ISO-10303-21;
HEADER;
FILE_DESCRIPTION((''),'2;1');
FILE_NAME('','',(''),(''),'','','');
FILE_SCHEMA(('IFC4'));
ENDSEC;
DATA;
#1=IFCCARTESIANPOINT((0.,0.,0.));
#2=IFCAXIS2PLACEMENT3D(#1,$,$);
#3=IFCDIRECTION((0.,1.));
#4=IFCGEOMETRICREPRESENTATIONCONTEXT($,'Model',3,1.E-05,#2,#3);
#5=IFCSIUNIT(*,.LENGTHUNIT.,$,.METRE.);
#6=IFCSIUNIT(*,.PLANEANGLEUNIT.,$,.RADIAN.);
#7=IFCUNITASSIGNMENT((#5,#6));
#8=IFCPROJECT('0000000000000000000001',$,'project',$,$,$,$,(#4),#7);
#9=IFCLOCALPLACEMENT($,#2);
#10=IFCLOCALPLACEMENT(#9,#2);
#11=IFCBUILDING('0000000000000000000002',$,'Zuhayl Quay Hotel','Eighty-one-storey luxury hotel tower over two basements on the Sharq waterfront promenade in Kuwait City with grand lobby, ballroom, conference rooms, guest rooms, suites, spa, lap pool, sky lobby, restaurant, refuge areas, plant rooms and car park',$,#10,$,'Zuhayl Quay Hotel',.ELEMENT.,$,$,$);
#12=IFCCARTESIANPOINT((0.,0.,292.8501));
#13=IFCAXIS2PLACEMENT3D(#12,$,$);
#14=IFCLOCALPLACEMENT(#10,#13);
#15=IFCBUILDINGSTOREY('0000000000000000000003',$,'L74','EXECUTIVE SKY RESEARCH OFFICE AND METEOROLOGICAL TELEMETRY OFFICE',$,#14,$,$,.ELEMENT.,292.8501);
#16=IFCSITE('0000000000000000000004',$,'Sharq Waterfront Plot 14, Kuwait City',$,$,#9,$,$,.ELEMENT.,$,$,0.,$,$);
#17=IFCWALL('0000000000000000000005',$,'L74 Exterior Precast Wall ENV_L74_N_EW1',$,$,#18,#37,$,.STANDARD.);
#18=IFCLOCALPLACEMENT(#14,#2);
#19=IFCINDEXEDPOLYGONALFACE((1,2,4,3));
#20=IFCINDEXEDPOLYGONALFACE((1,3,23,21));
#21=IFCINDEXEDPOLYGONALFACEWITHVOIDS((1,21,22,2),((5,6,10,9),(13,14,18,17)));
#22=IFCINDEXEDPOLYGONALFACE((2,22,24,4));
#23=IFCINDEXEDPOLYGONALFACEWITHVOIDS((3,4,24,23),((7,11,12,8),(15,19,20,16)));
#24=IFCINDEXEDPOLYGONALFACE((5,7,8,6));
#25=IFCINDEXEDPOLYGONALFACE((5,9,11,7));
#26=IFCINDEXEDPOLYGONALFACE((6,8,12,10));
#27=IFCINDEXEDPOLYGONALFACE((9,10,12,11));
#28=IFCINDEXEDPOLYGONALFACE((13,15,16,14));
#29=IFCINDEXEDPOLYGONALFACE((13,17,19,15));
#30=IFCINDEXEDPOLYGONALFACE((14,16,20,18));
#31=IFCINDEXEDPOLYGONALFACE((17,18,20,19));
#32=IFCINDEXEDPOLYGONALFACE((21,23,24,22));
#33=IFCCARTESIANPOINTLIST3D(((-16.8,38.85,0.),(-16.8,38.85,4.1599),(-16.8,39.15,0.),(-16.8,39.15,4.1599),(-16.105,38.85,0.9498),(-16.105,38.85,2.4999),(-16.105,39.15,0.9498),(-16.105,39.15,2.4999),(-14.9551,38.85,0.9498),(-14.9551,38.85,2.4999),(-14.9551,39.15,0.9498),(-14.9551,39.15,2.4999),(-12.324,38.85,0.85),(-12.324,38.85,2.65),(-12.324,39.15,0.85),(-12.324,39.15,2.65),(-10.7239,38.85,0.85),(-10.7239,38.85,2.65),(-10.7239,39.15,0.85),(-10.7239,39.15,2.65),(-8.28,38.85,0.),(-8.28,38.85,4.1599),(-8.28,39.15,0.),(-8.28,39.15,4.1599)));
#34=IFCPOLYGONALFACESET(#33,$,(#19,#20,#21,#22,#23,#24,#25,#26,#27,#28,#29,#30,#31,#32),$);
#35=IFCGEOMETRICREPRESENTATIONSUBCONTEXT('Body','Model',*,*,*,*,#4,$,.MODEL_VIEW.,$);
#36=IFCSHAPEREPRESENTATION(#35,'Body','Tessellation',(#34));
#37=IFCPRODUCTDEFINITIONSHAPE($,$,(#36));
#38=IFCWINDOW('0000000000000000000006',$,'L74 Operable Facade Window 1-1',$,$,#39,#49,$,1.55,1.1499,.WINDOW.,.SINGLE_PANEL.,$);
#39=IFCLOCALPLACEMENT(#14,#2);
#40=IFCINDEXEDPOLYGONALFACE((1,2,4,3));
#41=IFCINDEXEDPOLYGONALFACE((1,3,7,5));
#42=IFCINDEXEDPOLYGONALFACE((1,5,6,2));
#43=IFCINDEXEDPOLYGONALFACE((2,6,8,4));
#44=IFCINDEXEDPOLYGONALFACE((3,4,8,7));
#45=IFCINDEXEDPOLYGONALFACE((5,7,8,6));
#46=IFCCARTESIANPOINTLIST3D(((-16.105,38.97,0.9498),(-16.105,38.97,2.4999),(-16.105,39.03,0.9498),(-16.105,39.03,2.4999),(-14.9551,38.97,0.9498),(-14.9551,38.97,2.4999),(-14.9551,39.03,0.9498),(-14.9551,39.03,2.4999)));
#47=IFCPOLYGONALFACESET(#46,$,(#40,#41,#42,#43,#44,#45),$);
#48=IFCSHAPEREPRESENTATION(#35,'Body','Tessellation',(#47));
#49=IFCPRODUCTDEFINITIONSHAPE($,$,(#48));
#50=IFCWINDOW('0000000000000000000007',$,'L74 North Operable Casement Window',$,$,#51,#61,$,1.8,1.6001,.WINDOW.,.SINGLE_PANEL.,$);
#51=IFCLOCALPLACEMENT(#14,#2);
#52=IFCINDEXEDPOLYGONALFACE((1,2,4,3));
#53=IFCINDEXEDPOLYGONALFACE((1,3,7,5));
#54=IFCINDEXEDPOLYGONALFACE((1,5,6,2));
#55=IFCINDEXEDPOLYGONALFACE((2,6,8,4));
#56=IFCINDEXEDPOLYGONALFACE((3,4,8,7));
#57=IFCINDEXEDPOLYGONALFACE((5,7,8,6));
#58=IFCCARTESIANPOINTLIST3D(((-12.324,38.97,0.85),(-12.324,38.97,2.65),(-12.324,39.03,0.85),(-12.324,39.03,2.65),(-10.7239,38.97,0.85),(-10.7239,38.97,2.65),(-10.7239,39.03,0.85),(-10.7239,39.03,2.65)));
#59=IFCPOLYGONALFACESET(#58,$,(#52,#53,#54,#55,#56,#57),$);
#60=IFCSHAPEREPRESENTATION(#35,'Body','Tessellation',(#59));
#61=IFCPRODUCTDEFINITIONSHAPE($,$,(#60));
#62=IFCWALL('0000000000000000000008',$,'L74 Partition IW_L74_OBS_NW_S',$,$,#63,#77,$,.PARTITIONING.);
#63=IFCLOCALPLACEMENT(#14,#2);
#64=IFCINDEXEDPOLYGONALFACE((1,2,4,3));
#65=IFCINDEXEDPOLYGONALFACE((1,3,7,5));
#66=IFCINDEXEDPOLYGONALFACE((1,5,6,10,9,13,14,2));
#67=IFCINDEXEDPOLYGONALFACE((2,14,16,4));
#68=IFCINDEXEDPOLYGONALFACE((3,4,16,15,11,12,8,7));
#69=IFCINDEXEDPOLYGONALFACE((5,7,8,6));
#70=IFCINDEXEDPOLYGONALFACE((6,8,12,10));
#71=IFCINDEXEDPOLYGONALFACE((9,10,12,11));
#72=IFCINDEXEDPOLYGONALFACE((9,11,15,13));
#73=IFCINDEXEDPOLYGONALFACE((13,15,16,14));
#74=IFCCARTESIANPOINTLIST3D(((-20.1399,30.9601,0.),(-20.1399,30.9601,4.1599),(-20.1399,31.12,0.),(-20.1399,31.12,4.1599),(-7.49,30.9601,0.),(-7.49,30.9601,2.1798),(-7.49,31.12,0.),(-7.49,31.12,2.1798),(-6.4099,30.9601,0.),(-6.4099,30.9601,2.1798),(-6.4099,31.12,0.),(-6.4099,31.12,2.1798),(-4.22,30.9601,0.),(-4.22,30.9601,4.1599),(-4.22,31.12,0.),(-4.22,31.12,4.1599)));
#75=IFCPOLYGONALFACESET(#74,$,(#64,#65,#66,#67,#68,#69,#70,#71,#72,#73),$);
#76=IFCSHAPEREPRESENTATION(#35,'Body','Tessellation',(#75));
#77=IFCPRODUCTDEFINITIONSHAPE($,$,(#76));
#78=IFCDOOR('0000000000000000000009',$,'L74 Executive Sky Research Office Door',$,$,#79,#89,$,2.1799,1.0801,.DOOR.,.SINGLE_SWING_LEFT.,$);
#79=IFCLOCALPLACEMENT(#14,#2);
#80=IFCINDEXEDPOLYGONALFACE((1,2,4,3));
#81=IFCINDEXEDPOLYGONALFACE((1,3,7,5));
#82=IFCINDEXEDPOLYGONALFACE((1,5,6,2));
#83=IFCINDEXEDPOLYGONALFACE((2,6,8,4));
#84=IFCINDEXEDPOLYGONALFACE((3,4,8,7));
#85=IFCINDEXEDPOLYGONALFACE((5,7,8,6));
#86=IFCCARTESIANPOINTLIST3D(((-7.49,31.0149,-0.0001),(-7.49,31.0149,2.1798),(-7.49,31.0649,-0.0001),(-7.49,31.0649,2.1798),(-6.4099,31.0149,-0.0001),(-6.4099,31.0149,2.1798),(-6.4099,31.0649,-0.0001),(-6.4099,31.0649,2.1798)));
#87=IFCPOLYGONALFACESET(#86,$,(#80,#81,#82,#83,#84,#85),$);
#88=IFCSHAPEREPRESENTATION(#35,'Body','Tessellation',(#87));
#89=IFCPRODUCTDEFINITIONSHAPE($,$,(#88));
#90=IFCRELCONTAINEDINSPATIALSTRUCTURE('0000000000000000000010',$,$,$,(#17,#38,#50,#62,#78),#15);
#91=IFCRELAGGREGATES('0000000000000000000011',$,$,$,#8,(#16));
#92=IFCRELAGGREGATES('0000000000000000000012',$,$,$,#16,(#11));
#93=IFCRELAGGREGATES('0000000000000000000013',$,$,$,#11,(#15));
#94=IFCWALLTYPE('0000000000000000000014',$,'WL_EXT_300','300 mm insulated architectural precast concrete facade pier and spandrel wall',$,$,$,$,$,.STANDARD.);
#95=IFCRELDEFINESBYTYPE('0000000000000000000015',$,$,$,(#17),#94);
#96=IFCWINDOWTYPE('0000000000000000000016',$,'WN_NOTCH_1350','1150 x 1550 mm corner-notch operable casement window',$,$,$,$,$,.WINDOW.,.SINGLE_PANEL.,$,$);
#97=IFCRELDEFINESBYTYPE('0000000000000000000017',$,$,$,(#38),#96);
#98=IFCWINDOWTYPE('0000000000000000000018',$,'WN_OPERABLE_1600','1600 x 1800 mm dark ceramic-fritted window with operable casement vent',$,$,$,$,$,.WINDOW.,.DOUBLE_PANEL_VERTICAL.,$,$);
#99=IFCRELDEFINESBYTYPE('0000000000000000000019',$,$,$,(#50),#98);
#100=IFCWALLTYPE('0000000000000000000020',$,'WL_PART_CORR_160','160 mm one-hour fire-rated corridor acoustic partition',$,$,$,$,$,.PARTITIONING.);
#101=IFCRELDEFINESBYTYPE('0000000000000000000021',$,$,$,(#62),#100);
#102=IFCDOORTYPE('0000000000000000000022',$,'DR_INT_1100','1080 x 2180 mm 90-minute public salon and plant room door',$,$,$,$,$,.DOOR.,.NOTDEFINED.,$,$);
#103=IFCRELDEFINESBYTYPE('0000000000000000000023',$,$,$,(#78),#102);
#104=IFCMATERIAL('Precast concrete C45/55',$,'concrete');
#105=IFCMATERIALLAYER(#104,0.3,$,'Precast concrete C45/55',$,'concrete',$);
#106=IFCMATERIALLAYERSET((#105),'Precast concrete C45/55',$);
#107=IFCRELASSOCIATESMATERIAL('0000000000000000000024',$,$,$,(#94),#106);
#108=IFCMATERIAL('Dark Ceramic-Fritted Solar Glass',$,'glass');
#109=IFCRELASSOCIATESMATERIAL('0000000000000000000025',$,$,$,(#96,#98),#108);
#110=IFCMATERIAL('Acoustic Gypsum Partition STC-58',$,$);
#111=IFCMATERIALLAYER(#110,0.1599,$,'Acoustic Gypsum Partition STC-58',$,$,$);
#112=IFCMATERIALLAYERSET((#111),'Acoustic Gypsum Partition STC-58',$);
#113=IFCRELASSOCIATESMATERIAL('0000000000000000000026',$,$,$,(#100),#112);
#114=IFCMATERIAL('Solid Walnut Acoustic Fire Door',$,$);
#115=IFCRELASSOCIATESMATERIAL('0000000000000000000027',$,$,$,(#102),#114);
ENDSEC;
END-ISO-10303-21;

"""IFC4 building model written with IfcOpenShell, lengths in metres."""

from ifc_helpers import new_model, si_unit, direction, frame, frame_2d, origin, place, context, subcontext, project, spatial, rectangle, extrude, material, layer, layer_set, type_object, element, fill, save


model = new_model("IFC4")

# Units and contexts
model_context = context("Model", 3, precision=1e-05, world=origin(), true_north=direction((0.0, 1.0)))
body_context = subcontext(model_context, "Body", "Model", "MODEL_VIEW")
ifc_project = project(units=[si_unit("LENGTHUNIT", "METRE"), si_unit("PLANEANGLEUNIT", "RADIAN")], contexts=[model_context])

# Site, building, storey
site_placement = place(None, origin())
site = spatial("IfcSite", under=ifc_project, at=site_placement, Name="Sharq Waterfront Plot 14, Kuwait City", CompositionType="ELEMENT", RefElevation=0.0)
building_placement = place(site_placement, origin())
building = spatial("IfcBuilding", under=site, at=building_placement, Name="Zuhayl Quay Hotel", Description="Eighty-one-storey luxury hotel tower over two basements on the Sharq waterfront promenade in Kuwait City with grand lobby, ballroom, conference rooms, guest rooms, suites, spa, lap pool, sky lobby, restaurant, refuge areas, plant rooms and car park", LongName="Zuhayl Quay Hotel", CompositionType="ELEMENT")
storey_placement = place(building_placement, frame((0.0, 0.0, 292.8501)))
storey = spatial("IfcBuildingStorey", under=building, at=storey_placement, Name="L74", Description="EXECUTIVE SKY RESEARCH OFFICE AND METEOROLOGICAL TELEMETRY OFFICE", CompositionType="ELEMENT", Elevation=292.8501)

# Shared definitions
ifc_material_1 = material(Name="Dark Ceramic-Fritted Solar Glass", Category="glass")

# Shared definitions
ifc_material_2 = material(Name="Precast concrete C45/55", Category="concrete")
ifc_layer_1 = layer(ifc_material_2, 0.3, Name="Precast concrete C45/55", Category="concrete")
ifc_layer_set_1 = layer_set([ifc_layer_1], Name="Precast concrete C45/55")
wall_type_1 = type_object("IfcWallType", Name="WL_EXT_300", Description="300 mm insulated architectural precast concrete facade pier and spandrel wall", PredefinedType="STANDARD", material=ifc_layer_set_1)

# Shared definitions
window_type_1 = type_object("IfcWindowType", Name="WN_NOTCH_1350", Description="1150 x 1550 mm corner-notch operable casement window", PartitioningType="SINGLE_PANEL", PredefinedType="WINDOW", material=ifc_material_1)

# Wall, openings, windows
wall_1_placement = place(storey_placement, frame((-16.8, 39.0, 0.0), z_axis=(0.0, 0.0, 1.0), x_axis=(1.0, 0.0, 0.0)))
wall_1 = element("IfcWall", 1, at=wall_1_placement, inside=storey, type_object=wall_type_1, Name="L74 Exterior Precast Wall ENV_L74_N_EW1", PredefinedType="STANDARD", context=body_context, shape_type="SweptSolid", body=[
    extrude(rectangle(XDim=8.52, YDim=0.3, at=frame_2d((4.26, 0.0))), origin(), (0.0, 0.0, 1.0), 4.1599),
])
opening_1_placement = place(wall_1_placement, frame((4.4761, 0.0, 0.8501)))
opening_1 = element("IfcOpeningElement", 2, at=opening_1_placement, cuts=wall_1, PredefinedType="OPENING", context=body_context, shape_type="SweptSolid", body=[
    extrude(rectangle(XDim=1.6001, YDim=1.8, at=frame_2d((0.8, 0.8999))), frame((0.0, 0.1599, 0.0), z_axis=(0.0, -1.0, 0.0), x_axis=(1.0, 0.0, 0.0)), (0.0, 0.0, 1.0), 0.3201),
])
opening_2_placement = place(wall_1_placement, frame((0.6951, 0.0, 0.95)))
opening_2 = element("IfcOpeningElement", 3, at=opening_2_placement, cuts=wall_1, PredefinedType="OPENING", context=body_context, shape_type="SweptSolid", body=[
    extrude(rectangle(XDim=1.1499, YDim=1.55, at=frame_2d((0.575, 0.7749))), frame((0.0, 0.1599, 0.0), z_axis=(0.0, -1.0, 0.0), x_axis=(1.0, 0.0, 0.0)), (0.0, 0.0, 1.0), 0.3201),
])
window_1_placement = place(opening_2_placement, origin())
window_1 = element("IfcWindow", 4, at=window_1_placement, inside=storey, type_object=window_type_1, Name="L74 Operable Facade Window 1-1", OverallHeight=1.55, OverallWidth=1.1499, PartitioningType="SINGLE_PANEL", PredefinedType="WINDOW", context=body_context, shape_type="SweptSolid", body=[
    extrude(rectangle(XDim=1.1499, YDim=1.55, at=frame_2d((0.575, 0.7749))), frame((0.0, 0.03, 0.0), z_axis=(0.0, -1.0, 0.0), x_axis=(1.0, 0.0, 0.0)), (0.0, 0.0, 1.0), 0.0601),
])
fill(opening_2, window_1)
window_type_2 = type_object("IfcWindowType", Name="WN_OPERABLE_1600", Description="1600 x 1800 mm dark ceramic-fritted window with operable casement vent", PartitioningType="DOUBLE_PANEL_VERTICAL", PredefinedType="WINDOW", material=ifc_material_1)
window_2_placement = place(opening_1_placement, origin())
window_2 = element("IfcWindow", 5, at=window_2_placement, inside=storey, type_object=window_type_2, Name="L74 North Operable Casement Window", OverallHeight=1.8, OverallWidth=1.6001, PartitioningType="SINGLE_PANEL", PredefinedType="WINDOW", context=body_context, shape_type="SweptSolid", body=[
    extrude(rectangle(XDim=1.6001, YDim=1.8, at=frame_2d((0.8, 0.8999))), frame((0.0, 0.03, 0.0), z_axis=(0.0, -1.0, 0.0), x_axis=(1.0, 0.0, 0.0)), (0.0, 0.0, 1.0), 0.0601),
])
fill(opening_1, window_2)

# Wall, opening, door
ifc_material_3 = material(Name="Acoustic Gypsum Partition STC-58")
ifc_layer_2 = layer(ifc_material_3, 0.1599, Name="Acoustic Gypsum Partition STC-58")
ifc_layer_set_2 = layer_set([ifc_layer_2], Name="Acoustic Gypsum Partition STC-58")
wall_type_2 = type_object("IfcWallType", Name="WL_PART_CORR_160", Description="160 mm one-hour fire-rated corridor acoustic partition", PredefinedType="PARTITIONING", material=ifc_layer_set_2)
wall_2_placement = place(storey_placement, frame((-20.1399, 31.04, 0.0), z_axis=(0.0, 0.0, 1.0), x_axis=(1.0, 0.0, 0.0)))
wall_2 = element("IfcWall", 6, at=wall_2_placement, inside=storey, type_object=wall_type_2, Name="L74 Partition IW_L74_OBS_NW_S", PredefinedType="PARTITIONING", context=body_context, shape_type="SweptSolid", body=[
    extrude(rectangle(XDim=15.9199, YDim=0.1599, at=frame_2d((7.96, 0.0))), origin(), (0.0, 0.0, 1.0), 4.1599),
])
opening_3_placement = place(wall_2_placement, frame((12.6499, 0.0, 0.0)))
opening_3 = element("IfcOpeningElement", 7, at=opening_3_placement, cuts=wall_2, PredefinedType="OPENING", context=body_context, shape_type="SweptSolid", body=[
    extrude(rectangle(XDim=1.0801, YDim=2.1799, at=frame_2d((0.54, 1.0898))), frame((0.0, 0.0898, 0.0), z_axis=(0.0, -1.0, 0.0), x_axis=(1.0, 0.0, 0.0)), (0.0, 0.0, 1.0), 0.1799),
])
ifc_material_4 = material(Name="Solid Walnut Acoustic Fire Door")
door_type = type_object("IfcDoorType", Name="DR_INT_1100", Description="1080 x 2180 mm 90-minute public salon and plant room door", OperationType="NOTDEFINED", PredefinedType="DOOR", material=ifc_material_4)
door_placement = place(opening_3_placement, origin())
door = element("IfcDoor", 8, at=door_placement, inside=storey, type_object=door_type, Name="L74 Executive Sky Research Office Door", OperationType="SINGLE_SWING_LEFT", OverallHeight=2.1799, OverallWidth=1.0801, PredefinedType="DOOR", context=body_context, shape_type="SweptSolid", body=[
    extrude(rectangle(XDim=1.0801, YDim=2.1799, at=frame_2d((0.54, 1.0898))), frame((0.0, 0.0249, 0.0), z_axis=(0.0, -1.0, 0.0), x_axis=(1.0, 0.0, 0.0)), (0.0, 0.0, 1.0), 0.05),
])
fill(opening_3, door)

save(model, "model.ifc")
